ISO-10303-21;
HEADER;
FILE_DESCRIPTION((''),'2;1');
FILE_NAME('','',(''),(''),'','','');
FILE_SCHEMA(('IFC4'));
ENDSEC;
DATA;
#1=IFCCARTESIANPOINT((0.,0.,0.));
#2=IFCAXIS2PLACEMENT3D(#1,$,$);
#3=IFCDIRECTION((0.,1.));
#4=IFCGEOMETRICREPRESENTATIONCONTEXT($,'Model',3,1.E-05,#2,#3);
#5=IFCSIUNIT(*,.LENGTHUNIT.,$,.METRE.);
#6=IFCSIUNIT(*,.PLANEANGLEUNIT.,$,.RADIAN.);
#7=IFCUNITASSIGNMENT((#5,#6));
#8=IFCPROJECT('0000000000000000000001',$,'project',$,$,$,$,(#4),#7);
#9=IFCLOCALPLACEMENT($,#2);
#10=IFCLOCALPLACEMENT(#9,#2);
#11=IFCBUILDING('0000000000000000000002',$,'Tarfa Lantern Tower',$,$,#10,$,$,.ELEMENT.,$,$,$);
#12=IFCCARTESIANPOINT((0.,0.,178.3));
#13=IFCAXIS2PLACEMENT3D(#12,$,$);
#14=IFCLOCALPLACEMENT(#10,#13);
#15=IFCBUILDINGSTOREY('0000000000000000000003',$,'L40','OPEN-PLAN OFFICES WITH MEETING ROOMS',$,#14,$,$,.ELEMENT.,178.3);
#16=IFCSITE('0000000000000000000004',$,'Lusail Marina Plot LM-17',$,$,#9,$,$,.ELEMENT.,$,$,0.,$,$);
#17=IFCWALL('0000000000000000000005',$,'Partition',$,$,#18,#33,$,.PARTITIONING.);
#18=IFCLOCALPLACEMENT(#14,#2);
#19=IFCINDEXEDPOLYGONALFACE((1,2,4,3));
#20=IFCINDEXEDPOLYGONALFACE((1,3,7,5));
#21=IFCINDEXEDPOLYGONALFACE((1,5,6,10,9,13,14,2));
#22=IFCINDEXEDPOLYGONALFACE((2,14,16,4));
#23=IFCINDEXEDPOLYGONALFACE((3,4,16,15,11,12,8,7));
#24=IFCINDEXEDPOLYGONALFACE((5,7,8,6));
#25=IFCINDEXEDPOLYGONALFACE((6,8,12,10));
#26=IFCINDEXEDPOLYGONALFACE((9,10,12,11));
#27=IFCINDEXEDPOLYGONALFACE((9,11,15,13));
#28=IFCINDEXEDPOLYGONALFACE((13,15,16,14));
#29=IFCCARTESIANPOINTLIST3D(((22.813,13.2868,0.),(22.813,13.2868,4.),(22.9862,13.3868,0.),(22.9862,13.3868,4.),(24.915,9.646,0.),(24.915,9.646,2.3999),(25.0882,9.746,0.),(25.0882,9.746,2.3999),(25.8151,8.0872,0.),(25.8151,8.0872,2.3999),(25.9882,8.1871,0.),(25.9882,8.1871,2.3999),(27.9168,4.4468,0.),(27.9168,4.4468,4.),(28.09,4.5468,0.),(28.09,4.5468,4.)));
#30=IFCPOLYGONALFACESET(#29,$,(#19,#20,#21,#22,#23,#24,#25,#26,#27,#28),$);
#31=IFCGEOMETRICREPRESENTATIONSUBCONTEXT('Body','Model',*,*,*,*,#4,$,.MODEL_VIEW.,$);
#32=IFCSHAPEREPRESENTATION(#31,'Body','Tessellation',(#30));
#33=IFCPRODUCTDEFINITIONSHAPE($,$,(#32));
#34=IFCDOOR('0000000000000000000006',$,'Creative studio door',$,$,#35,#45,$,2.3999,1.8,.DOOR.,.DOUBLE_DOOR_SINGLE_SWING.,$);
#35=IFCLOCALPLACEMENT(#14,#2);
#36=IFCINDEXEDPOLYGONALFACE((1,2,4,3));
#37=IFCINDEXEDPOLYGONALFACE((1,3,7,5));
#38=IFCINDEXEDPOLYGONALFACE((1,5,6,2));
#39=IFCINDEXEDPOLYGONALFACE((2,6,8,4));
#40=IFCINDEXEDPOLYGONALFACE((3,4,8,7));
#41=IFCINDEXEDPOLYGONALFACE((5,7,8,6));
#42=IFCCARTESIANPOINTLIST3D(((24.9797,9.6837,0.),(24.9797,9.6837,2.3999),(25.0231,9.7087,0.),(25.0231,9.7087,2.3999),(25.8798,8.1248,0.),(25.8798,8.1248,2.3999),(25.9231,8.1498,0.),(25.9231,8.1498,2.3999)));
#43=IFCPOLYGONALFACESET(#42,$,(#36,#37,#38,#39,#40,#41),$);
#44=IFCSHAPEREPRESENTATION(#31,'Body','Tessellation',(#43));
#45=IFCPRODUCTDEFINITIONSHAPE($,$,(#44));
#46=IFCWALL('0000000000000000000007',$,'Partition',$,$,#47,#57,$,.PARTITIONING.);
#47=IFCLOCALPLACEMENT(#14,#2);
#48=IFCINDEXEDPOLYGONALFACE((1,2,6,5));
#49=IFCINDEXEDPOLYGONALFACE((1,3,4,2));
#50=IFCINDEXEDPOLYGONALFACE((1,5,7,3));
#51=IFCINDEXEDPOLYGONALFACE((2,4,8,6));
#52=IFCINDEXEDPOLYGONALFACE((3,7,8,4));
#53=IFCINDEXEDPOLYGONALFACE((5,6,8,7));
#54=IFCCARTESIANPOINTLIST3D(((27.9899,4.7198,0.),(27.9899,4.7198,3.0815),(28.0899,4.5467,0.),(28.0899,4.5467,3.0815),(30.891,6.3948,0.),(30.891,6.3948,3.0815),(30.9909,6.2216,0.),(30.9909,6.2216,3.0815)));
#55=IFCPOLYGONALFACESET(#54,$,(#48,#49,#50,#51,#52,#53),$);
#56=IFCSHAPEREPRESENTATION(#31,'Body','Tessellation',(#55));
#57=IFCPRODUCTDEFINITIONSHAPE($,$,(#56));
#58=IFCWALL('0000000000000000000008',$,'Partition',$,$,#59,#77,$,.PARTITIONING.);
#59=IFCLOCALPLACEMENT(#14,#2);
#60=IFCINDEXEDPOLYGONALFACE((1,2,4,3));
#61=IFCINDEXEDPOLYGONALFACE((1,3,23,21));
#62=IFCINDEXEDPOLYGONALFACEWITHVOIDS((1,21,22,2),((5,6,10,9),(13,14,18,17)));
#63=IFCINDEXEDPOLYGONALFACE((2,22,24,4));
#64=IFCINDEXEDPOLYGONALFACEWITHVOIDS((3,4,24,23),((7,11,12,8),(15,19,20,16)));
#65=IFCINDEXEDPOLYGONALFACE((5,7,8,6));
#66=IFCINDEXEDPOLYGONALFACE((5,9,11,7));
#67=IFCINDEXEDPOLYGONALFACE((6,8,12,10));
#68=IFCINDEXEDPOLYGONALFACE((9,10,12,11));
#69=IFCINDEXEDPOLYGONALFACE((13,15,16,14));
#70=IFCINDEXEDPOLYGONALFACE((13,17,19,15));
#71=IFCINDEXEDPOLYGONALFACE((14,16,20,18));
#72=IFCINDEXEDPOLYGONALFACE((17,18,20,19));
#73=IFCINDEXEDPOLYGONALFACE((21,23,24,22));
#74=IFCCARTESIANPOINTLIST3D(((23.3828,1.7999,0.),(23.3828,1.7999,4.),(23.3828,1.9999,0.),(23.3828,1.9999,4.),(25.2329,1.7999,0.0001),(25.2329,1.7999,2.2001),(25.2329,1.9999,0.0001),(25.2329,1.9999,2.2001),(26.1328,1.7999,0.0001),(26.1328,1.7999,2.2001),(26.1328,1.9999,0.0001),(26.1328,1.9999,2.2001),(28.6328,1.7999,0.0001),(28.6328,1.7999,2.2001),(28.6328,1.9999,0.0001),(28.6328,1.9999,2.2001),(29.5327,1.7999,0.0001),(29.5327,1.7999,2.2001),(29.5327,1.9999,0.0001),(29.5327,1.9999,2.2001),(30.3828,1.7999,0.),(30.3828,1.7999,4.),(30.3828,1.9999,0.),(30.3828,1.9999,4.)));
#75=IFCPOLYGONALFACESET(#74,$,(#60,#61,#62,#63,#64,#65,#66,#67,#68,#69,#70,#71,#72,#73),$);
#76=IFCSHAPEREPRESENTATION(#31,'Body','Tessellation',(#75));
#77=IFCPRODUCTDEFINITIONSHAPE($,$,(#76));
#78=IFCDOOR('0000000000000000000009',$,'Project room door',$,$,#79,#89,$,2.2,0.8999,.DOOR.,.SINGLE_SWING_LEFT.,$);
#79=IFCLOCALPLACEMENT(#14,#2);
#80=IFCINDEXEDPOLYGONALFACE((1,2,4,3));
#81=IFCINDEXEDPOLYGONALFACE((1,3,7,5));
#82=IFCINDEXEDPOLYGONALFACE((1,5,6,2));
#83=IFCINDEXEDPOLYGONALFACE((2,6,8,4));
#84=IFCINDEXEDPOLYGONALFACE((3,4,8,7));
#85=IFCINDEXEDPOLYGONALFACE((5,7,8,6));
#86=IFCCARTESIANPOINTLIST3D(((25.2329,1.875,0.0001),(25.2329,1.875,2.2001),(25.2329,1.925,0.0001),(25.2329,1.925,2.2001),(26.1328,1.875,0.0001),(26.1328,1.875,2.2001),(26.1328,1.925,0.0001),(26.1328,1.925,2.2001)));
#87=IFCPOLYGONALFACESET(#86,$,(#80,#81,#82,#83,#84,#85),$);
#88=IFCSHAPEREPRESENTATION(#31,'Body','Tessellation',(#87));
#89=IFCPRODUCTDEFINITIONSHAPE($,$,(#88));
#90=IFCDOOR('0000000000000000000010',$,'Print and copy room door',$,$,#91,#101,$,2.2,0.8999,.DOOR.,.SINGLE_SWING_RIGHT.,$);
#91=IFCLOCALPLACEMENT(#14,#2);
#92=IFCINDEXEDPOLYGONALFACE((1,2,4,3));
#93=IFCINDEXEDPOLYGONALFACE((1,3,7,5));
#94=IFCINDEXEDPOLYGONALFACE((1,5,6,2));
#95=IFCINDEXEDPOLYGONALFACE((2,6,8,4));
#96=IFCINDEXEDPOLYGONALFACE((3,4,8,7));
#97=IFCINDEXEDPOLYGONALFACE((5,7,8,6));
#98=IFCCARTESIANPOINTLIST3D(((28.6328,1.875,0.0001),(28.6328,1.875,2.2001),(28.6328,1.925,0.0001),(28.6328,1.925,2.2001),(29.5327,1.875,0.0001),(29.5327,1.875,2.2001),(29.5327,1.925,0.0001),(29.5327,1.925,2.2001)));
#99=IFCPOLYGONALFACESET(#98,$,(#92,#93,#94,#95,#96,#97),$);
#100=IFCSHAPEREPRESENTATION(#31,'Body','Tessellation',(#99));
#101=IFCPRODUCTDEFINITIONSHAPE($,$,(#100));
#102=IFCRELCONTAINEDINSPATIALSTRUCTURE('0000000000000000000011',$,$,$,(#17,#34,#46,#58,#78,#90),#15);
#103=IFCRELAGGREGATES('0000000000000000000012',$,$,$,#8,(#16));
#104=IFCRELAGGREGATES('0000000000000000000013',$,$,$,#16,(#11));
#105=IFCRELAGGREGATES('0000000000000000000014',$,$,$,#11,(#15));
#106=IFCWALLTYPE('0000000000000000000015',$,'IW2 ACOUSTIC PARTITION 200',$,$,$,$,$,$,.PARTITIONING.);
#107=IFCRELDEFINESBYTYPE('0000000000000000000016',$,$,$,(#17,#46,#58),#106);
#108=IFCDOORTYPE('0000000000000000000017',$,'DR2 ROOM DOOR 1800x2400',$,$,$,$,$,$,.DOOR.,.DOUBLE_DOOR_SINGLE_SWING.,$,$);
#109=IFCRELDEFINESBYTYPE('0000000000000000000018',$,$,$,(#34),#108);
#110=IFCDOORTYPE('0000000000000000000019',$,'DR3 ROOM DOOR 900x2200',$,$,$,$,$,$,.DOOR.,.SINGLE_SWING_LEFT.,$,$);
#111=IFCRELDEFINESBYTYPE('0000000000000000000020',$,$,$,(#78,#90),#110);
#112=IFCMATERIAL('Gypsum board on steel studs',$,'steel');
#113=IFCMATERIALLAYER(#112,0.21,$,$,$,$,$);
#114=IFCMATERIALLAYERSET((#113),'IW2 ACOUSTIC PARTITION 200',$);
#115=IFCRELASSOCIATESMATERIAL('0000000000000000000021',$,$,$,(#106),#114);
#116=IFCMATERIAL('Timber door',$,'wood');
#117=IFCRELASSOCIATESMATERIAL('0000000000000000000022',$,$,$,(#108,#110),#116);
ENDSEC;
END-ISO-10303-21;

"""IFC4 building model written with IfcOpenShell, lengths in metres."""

from ifc_helpers import new_model, si_unit, direction, frame, frame_2d, origin, place, context, subcontext, project, spatial, rectangle, extrude, material, layer, layer_set, type_object, element, fill, save


model = new_model("IFC4")

# Units and contexts
model_context = context("Model", 3, precision=1e-05, world=origin(), true_north=direction((0.0, 1.0)))
body_context = subcontext(model_context, "Body", "Model", "MODEL_VIEW")
ifc_project = project(units=[si_unit("LENGTHUNIT", "METRE"), si_unit("PLANEANGLEUNIT", "RADIAN")], contexts=[model_context])

# Site, building, storey
site_placement = place(None, origin())
site = spatial("IfcSite", under=ifc_project, at=site_placement, Name="Lusail Marina Plot LM-17", CompositionType="ELEMENT", RefElevation=0.0)
building_placement = place(site_placement, origin())
building = spatial("IfcBuilding", under=site, at=building_placement, Name="Tarfa Lantern Tower", CompositionType="ELEMENT")
storey_placement = place(building_placement, frame((0.0, 0.0, 178.3)))
storey = spatial("IfcBuildingStorey", under=building, at=storey_placement, Name="L40", Description="OPEN-PLAN OFFICES WITH MEETING ROOMS", CompositionType="ELEMENT", Elevation=178.3)

# Wall, opening, door
ifc_material_1 = material(Name="Gypsum board on steel studs", Category="steel")
ifc_layer_1 = layer(ifc_material_1, 0.21)
ifc_layer_set_1 = layer_set([ifc_layer_1], Name="IW2 ACOUSTIC PARTITION 200")
wall_type = type_object("IfcWallType", Name="IW2 ACOUSTIC PARTITION 200", PredefinedType="PARTITIONING", material=ifc_layer_set_1)
wall_1_placement = place(storey_placement, frame((28.0034, 4.4968, 0.0), z_axis=(0.0, 0.0, 1.0), x_axis=(-0.500005, 0.866022, 0.0)))
wall_1 = element("IfcWall", 1, at=wall_1_placement, inside=storey, type_object=wall_type, Name="Partition", PredefinedType="PARTITIONING", context=body_context, shape_type="SweptSolid", body=[
    extrude(rectangle(XDim=10.2075, YDim=0.2, at=frame_2d((5.1038, 0.0))), origin(), (0.0, 0.0, 1.0), 4.0),
])
opening_1_placement = place(wall_1_placement, frame((4.2036, 0.0, 0.0)))
opening_1 = element("IfcOpeningElement", 2, at=opening_1_placement, cuts=wall_1, PredefinedType="OPENING", context=body_context, shape_type="SweptSolid", body=[
    extrude(rectangle(XDim=1.8, YDim=2.3999, at=frame_2d((0.8999, 1.2))), frame((0.0, 0.1099, 0.0), z_axis=(0.0, -1.0, 0.0), x_axis=(1.0, 0.0, 0.0)), (0.0, 0.0, 1.0), 0.22),
])
ifc_material_2 = material(Name="Timber door", Category="wood")
door_type_1 = type_object("IfcDoorType", Name="DR2 ROOM DOOR 1800x2400", OperationType="DOUBLE_DOOR_SINGLE_SWING", PredefinedType="DOOR", material=ifc_material_2)
door_1_placement = place(opening_1_placement, frame((1.8, 0.0, 0.0), z_axis=(0.0, 0.0, 1.0), x_axis=(-1.0, 0.0, 0.0)))
door_1 = element("IfcDoor", 3, at=door_1_placement, inside=storey, type_object=door_type_1, Name="Creative studio door", OperationType="DOUBLE_DOOR_SINGLE_SWING", OverallHeight=2.3999, OverallWidth=1.8, PredefinedType="DOOR", context=body_context, shape_type="SweptSolid", body=[
    extrude(rectangle(XDim=1.8, YDim=2.3999, at=frame_2d((0.8999, 1.2))), frame((0.0, 0.0249, 0.0), z_axis=(0.0, -1.0, 0.0), x_axis=(1.0, 0.0, 0.0)), (0.0, 0.0, 1.0), 0.05),
])
fill(opening_1, door_1)

# Wall
wall_2_placement = place(storey_placement, frame((28.04, 4.6333, 0.0), z_axis=(0.0, 0.0, 1.0), x_axis=(0.866014, 0.500019, 0.0)))
element("IfcWall", 4, at=wall_2_placement, inside=storey, type_object=wall_type, Name="Partition", PredefinedType="PARTITIONING", context=body_context, shape_type="SweptSolid", body=[
    extrude(rectangle(XDim=3.3499, YDim=0.2, at=frame_2d((1.6748, 0.0))), origin(), (0.0, 0.0, 1.0), 3.0815),
])

# Wall, openings, doors
wall_3_placement = place(storey_placement, frame((23.3828, 1.8999, 0.0), z_axis=(0.0, 0.0, 1.0), x_axis=(1.0, 0.0, 0.0)))
wall_3 = element("IfcWall", 5, at=wall_3_placement, inside=storey, type_object=wall_type, Name="Partition", PredefinedType="PARTITIONING", context=body_context, shape_type="SweptSolid", body=[
    extrude(rectangle(XDim=7.0, YDim=0.2, at=frame_2d((3.5, 0.0))), origin(), (0.0, 0.0, 1.0), 4.0),
])
opening_2_placement = place(wall_3_placement, frame((1.8501, 0.0, 0.0)))
opening_2 = element("IfcOpeningElement", 6, at=opening_2_placement, cuts=wall_3, PredefinedType="OPENING", context=body_context, shape_type="SweptSolid", body=[
    extrude(rectangle(XDim=0.8999, YDim=2.2, at=frame_2d((0.45, 1.1001))), frame((0.0, 0.1099, 0.0), z_axis=(0.0, -1.0, 0.0), x_axis=(1.0, 0.0, 0.0)), (0.0, 0.0, 1.0), 0.22),
])
opening_3_placement = place(wall_3_placement, frame((5.25, 0.0, 0.0)))
opening_3 = element("IfcOpeningElement", 7, at=opening_3_placement, cuts=wall_3, PredefinedType="OPENING", context=body_context, shape_type="SweptSolid", body=[
    extrude(rectangle(XDim=0.8999, YDim=2.2, at=frame_2d((0.45, 1.1001))), frame((0.0, 0.1099, 0.0), z_axis=(0.0, -1.0, 0.0), x_axis=(1.0, 0.0, 0.0)), (0.0, 0.0, 1.0), 0.22),
])
door_type_2 = type_object("IfcDoorType", Name="DR3 ROOM DOOR 900x2200", OperationType="SINGLE_SWING_LEFT", PredefinedType="DOOR", material=ifc_material_2)
door_2_placement = place(opening_2_placement, frame((0.8999, 0.0, 0.0), z_axis=(0.0, 0.0, 1.0), x_axis=(-1.0, 0.0, 0.0)))
door_2 = element("IfcDoor", 8, at=door_2_placement, inside=storey, type_object=door_type_2, Name="Project room door", OperationType="SINGLE_SWING_LEFT", OverallHeight=2.2, OverallWidth=0.8999, PredefinedType="DOOR", context=body_context, shape_type="SweptSolid", body=[
    extrude(rectangle(XDim=0.8999, YDim=2.2, at=frame_2d((0.45, 1.1001))), frame((0.0, 0.0249, 0.0), z_axis=(0.0, -1.0, 0.0), x_axis=(1.0, 0.0, 0.0)), (0.0, 0.0, 1.0), 0.05),
])
fill(opening_2, door_2)
door_3_placement = place(opening_3_placement, frame((0.8999, 0.0, 0.0), z_axis=(0.0, 0.0, 1.0), x_axis=(-1.0, 0.0, 0.0)))
door_3 = element("IfcDoor", 9, at=door_3_placement, inside=storey, type_object=door_type_2, Name="Print and copy room door", OperationType="SINGLE_SWING_RIGHT", OverallHeight=2.2, OverallWidth=0.8999, PredefinedType="DOOR", context=body_context, shape_type="SweptSolid", body=[
    extrude(rectangle(XDim=0.8999, YDim=2.2, at=frame_2d((0.45, 1.1001))), frame((0.0, 0.0249, 0.0), z_axis=(0.0, -1.0, 0.0), x_axis=(1.0, 0.0, 0.0)), (0.0, 0.0, 1.0), 0.05),
])
fill(opening_3, door_3)

save(model, "model.ifc")
